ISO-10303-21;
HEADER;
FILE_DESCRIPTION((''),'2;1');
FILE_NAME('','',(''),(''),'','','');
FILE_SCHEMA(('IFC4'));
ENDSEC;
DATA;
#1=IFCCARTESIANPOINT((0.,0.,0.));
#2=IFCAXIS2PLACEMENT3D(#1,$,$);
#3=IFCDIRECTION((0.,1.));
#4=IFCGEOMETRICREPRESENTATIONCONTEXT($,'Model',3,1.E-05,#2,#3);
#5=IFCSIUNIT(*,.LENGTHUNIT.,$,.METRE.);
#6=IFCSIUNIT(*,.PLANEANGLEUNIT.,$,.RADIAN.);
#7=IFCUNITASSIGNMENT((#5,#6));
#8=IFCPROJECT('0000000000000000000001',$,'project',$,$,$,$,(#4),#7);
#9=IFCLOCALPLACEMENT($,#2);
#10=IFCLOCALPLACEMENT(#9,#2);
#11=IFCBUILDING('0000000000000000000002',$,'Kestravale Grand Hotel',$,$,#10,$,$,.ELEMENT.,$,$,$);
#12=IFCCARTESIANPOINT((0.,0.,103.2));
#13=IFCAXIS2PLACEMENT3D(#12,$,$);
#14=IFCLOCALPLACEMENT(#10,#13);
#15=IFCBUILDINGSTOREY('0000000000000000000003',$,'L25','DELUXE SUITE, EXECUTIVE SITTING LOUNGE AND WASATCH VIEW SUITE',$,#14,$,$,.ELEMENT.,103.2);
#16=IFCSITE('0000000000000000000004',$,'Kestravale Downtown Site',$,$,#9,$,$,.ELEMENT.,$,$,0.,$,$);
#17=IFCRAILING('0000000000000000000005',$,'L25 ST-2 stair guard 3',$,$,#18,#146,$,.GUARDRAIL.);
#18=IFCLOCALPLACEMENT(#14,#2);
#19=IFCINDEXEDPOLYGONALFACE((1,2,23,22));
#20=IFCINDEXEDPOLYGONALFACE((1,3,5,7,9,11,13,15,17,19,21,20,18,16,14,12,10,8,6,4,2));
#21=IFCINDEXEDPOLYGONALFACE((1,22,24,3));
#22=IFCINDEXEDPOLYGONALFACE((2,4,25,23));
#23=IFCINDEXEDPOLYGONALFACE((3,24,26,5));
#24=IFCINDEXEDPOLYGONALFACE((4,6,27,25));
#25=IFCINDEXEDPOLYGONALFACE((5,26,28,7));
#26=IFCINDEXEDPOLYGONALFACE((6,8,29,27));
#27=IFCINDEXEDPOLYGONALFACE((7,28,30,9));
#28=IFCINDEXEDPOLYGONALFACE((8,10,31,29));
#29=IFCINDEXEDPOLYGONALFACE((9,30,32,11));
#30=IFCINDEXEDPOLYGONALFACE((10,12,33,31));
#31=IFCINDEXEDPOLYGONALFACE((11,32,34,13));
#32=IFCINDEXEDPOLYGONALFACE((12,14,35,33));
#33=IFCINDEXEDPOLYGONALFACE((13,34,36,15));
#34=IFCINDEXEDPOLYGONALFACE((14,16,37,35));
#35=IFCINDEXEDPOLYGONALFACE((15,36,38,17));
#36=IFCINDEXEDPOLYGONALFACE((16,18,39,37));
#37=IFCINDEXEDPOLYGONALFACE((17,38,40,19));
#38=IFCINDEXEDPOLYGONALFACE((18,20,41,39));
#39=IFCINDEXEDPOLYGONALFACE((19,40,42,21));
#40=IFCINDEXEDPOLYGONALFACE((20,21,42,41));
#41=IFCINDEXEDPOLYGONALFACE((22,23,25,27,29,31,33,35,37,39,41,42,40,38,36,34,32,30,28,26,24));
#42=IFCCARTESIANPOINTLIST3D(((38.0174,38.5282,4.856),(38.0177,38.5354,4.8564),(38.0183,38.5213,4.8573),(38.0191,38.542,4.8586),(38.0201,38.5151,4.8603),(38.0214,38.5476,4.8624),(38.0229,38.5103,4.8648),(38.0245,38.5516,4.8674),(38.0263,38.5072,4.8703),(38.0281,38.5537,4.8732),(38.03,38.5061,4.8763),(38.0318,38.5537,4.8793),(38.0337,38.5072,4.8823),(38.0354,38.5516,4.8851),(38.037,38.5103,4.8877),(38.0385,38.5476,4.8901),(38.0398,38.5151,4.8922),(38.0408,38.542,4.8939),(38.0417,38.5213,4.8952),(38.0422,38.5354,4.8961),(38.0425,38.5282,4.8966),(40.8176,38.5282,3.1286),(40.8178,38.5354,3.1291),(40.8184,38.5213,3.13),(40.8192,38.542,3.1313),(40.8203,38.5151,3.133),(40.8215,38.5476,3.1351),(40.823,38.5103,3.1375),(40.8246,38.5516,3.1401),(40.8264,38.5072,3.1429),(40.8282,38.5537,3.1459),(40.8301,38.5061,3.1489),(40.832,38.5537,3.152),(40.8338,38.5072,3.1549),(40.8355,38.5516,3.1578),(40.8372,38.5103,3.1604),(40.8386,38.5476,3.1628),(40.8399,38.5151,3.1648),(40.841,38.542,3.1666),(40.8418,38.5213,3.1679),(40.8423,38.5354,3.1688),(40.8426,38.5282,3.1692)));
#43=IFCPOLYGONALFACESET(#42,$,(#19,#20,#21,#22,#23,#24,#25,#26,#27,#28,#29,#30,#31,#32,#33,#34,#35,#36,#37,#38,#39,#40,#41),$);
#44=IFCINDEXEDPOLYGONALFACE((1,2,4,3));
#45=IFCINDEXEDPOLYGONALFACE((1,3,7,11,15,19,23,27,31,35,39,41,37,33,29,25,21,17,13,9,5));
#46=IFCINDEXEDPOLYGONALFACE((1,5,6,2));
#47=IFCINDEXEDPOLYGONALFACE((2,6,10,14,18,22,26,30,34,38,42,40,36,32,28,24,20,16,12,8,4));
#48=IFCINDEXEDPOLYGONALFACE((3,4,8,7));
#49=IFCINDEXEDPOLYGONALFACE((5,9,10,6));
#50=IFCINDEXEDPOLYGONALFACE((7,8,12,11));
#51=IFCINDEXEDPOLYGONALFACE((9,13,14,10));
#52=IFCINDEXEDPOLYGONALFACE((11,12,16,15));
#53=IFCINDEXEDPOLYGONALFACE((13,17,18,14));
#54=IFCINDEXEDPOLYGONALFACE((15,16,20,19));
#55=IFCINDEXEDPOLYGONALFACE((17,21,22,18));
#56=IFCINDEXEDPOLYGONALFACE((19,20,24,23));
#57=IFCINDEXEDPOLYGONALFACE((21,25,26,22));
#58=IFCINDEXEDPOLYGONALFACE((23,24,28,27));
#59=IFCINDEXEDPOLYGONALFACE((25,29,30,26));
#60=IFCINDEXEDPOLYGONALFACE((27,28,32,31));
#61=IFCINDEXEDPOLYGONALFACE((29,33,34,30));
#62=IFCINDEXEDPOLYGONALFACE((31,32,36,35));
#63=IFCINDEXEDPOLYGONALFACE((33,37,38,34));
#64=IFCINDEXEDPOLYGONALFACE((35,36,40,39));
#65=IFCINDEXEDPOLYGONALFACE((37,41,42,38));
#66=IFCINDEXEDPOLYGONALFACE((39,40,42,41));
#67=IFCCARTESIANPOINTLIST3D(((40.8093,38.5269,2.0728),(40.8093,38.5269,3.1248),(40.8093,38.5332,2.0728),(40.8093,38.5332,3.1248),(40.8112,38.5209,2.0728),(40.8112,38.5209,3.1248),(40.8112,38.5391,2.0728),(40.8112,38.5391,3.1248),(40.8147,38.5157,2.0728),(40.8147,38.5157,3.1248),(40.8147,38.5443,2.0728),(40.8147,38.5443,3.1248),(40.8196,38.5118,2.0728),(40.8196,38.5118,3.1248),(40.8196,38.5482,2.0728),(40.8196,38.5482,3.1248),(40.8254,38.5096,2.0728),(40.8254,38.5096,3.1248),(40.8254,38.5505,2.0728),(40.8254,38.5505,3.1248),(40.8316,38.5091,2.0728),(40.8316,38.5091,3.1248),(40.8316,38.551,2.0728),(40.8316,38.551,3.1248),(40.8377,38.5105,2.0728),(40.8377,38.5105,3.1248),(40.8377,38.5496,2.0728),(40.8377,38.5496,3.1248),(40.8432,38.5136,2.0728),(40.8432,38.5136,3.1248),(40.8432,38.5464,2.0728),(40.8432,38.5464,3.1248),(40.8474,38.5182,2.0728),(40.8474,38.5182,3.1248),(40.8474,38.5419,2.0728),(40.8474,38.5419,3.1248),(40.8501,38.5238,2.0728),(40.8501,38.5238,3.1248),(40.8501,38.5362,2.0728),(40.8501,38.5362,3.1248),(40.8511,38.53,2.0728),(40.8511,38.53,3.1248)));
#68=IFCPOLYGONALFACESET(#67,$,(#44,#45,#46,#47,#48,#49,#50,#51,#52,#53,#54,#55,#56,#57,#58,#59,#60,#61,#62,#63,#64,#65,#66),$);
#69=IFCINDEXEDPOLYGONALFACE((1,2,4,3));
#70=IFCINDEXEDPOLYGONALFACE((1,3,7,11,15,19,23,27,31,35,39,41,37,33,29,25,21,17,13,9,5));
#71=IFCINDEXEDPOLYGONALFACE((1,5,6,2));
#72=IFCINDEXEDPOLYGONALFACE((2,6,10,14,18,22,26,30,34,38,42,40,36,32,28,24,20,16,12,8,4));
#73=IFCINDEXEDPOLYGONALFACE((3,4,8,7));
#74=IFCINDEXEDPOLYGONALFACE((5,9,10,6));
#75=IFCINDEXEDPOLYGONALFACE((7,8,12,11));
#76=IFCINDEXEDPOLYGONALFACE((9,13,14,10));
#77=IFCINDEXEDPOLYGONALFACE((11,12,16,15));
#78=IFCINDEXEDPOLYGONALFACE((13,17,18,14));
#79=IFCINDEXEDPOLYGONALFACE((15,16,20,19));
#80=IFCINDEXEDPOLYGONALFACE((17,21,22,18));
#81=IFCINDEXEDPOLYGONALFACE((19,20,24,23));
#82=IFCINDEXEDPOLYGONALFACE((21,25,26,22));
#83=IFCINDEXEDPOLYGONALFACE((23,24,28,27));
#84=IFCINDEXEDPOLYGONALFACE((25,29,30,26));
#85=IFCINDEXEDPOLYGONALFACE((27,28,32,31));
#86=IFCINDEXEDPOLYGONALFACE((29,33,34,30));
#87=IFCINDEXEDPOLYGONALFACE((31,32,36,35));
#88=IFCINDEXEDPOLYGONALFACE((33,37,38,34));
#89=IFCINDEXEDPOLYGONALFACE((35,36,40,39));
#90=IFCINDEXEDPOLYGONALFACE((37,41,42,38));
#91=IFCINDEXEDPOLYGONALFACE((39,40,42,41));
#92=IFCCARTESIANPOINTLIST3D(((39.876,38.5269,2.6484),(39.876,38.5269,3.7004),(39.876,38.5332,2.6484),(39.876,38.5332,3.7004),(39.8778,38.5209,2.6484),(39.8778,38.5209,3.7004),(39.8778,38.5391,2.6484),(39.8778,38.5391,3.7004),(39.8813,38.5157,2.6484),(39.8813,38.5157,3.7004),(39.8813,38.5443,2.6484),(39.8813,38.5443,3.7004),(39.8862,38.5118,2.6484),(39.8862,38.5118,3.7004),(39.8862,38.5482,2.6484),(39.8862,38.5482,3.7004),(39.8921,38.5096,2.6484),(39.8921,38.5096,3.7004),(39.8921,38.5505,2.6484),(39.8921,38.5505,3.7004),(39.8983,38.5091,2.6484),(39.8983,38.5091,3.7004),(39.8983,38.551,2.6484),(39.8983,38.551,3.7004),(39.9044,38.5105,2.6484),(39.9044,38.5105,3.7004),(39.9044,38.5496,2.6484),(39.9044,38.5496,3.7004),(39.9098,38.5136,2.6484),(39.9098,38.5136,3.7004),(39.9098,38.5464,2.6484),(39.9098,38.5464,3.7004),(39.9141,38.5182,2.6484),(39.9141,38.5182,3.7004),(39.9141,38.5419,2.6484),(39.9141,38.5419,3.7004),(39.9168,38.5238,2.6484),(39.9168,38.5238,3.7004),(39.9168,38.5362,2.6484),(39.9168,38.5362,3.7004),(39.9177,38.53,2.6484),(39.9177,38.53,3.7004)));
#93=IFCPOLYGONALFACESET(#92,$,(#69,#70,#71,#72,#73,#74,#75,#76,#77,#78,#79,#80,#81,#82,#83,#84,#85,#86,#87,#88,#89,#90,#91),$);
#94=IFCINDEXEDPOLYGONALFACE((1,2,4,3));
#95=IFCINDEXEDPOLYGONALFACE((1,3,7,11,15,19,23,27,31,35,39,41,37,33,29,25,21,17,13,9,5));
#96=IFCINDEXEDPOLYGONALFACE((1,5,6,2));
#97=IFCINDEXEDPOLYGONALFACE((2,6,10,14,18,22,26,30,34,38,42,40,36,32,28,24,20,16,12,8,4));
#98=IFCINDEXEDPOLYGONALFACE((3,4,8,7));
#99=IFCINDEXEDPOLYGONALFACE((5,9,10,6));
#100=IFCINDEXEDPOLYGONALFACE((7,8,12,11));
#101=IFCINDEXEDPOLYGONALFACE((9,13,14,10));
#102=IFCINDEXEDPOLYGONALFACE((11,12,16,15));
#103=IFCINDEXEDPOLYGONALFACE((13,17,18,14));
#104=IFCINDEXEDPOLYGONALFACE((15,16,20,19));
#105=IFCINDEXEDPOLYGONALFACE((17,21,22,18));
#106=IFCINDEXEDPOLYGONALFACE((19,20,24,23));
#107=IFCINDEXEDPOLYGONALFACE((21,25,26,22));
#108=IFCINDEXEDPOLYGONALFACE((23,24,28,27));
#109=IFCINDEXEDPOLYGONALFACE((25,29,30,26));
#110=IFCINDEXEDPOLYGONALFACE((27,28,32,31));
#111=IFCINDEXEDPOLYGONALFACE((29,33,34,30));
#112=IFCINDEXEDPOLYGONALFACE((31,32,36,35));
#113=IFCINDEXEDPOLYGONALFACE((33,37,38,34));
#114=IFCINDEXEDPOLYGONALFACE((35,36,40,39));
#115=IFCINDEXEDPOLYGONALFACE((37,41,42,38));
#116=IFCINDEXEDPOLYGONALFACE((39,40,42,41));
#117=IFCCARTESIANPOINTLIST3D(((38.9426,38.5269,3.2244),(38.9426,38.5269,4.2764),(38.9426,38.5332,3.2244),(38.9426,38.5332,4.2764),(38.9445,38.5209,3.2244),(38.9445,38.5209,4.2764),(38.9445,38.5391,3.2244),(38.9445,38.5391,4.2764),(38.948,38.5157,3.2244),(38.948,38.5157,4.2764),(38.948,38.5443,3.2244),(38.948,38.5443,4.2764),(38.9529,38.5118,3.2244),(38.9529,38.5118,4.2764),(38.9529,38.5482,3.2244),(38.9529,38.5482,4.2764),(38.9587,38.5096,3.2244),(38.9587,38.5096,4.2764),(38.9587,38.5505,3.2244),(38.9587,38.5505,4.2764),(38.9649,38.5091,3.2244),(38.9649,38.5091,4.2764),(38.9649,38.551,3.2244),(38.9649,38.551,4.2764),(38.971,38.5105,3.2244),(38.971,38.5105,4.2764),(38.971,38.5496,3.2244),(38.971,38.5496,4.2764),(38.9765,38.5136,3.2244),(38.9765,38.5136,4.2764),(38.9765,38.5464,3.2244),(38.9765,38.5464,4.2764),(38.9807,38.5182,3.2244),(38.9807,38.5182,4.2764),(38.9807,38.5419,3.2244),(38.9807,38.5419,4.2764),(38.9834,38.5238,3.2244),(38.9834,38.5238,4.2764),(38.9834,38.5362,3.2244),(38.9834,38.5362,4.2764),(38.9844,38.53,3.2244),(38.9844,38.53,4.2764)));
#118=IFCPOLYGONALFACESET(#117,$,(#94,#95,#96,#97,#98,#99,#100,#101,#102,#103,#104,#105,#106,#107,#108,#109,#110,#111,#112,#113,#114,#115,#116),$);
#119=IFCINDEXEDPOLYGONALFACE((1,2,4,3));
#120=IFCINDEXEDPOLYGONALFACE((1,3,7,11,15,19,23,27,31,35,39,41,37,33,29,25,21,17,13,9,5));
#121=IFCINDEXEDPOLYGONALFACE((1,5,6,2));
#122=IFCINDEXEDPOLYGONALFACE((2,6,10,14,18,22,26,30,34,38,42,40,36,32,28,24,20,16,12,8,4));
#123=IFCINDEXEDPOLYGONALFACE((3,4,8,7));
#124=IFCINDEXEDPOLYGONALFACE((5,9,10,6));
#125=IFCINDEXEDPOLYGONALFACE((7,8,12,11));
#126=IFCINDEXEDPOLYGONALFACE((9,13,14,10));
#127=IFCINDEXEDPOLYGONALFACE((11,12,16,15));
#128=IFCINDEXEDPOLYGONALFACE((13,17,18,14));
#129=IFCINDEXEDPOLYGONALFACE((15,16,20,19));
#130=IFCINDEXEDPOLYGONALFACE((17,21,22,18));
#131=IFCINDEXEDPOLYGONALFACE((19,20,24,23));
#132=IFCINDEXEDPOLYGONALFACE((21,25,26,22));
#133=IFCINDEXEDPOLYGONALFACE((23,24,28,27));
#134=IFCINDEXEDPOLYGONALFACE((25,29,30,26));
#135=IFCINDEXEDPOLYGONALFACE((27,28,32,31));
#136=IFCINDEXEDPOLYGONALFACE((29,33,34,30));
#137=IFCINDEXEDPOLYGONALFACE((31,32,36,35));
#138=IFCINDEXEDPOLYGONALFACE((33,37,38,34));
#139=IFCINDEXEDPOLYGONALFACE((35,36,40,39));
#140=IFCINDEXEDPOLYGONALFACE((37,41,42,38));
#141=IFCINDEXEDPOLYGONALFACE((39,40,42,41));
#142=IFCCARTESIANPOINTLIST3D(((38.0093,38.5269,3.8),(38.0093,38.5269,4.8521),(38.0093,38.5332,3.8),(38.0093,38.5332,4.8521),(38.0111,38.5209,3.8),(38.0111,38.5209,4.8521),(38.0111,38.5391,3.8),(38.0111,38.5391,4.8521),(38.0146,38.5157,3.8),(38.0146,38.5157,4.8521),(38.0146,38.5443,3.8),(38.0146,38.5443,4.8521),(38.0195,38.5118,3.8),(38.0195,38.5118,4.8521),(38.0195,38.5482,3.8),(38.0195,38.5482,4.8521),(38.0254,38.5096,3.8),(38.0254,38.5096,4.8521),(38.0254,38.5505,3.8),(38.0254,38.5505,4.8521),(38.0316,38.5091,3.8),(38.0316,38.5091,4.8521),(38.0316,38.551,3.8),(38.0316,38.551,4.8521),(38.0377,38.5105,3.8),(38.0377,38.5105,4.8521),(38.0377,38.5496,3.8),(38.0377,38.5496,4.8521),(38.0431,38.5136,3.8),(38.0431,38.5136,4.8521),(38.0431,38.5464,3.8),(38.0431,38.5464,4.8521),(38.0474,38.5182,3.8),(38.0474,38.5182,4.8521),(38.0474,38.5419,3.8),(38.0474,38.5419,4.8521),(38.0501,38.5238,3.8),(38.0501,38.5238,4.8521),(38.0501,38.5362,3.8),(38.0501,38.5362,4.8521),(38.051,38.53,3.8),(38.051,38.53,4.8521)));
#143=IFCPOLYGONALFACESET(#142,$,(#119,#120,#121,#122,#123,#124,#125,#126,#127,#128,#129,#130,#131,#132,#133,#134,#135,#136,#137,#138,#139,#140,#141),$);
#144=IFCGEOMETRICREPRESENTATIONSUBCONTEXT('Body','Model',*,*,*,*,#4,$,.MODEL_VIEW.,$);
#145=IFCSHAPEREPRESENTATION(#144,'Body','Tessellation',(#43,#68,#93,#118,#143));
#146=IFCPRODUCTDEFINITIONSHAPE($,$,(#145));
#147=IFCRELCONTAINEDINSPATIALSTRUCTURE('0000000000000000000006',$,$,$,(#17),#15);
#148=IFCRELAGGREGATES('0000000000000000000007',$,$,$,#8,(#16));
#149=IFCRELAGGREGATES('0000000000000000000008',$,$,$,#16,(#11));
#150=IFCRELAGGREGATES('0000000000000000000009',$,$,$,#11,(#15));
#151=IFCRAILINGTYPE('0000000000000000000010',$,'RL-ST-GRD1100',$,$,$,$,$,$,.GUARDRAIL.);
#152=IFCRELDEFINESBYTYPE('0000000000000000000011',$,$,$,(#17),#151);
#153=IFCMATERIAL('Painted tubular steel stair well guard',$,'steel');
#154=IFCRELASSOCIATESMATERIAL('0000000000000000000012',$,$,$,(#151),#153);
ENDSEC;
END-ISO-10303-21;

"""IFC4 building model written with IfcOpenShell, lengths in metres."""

from ifc_helpers import new_model, si_unit, direction, frame, origin, origin_2d, place, context, subcontext, project, spatial, circle, extrude, material, type_object, element, save


model = new_model("IFC4")

# Units and contexts
model_context = context("Model", 3, precision=1e-05, world=origin(), true_north=direction((0.0, 1.0)))
body_context = subcontext(model_context, "Body", "Model", "MODEL_VIEW")
ifc_project = project(units=[si_unit("LENGTHUNIT", "METRE"), si_unit("PLANEANGLEUNIT", "RADIAN")], contexts=[model_context])

# Site, building, storey
site_placement = place(None, origin())
site = spatial("IfcSite", under=ifc_project, at=site_placement, Name="Kestravale Downtown Site", CompositionType="ELEMENT", RefElevation=0.0)
building_placement = place(site_placement, origin())
building = spatial("IfcBuilding", under=site, at=building_placement, Name="Kestravale Grand Hotel", CompositionType="ELEMENT")
storey_placement = place(building_placement, frame((0.0, 0.0, 103.2)))
storey = spatial("IfcBuildingStorey", under=building, at=storey_placement, Name="L25", Description="DELUXE SUITE, EXECUTIVE SITTING LOUNGE AND WASATCH VIEW SUITE", CompositionType="ELEMENT", Elevation=103.2)

# Railing
ifc_material_1 = material(Name="Painted tubular steel stair well guard", Category="steel")
railing_type_1 = type_object("IfcRailingType", Name="RL-ST-GRD1100", PredefinedType="GUARDRAIL", material=ifc_material_1)
railing_1_placement = place(storey_placement, frame((40.8301, 38.53, 2.0728)))
element("IfcRailing", 1, at=railing_1_placement, inside=storey, type_object=railing_type_1, Name="L25 ST-2 stair guard 3", PredefinedType="GUARDRAIL", context=body_context, shape_type="SweptSolid", body=[
    extrude(circle(Radius=0.0239, at=origin_2d()), frame((0.0, 0.0, 1.0762), z_axis=(-0.85109, 0.0, 0.52502), x_axis=(0.0, -1.0, 0.0)), (0.0, 0.0, 1.0), 3.29),
    extrude(circle(Radius=0.021, at=origin_2d()), origin(), (0.0, 0.0, 1.0), 1.052),
    extrude(circle(Radius=0.021, at=origin_2d()), frame((-0.9333, 0.0, 0.5757)), (0.0, 0.0, 1.0), 1.052),
    extrude(circle(Radius=0.021, at=origin_2d()), frame((-1.8667, 0.0, 1.1516)), (0.0, 0.0, 1.0), 1.052),
    extrude(circle(Radius=0.021, at=origin_2d()), frame((-2.8, 0.0, 1.7273)), (0.0, 0.0, 1.0), 1.052),
])

save(model, "model.ifc")
